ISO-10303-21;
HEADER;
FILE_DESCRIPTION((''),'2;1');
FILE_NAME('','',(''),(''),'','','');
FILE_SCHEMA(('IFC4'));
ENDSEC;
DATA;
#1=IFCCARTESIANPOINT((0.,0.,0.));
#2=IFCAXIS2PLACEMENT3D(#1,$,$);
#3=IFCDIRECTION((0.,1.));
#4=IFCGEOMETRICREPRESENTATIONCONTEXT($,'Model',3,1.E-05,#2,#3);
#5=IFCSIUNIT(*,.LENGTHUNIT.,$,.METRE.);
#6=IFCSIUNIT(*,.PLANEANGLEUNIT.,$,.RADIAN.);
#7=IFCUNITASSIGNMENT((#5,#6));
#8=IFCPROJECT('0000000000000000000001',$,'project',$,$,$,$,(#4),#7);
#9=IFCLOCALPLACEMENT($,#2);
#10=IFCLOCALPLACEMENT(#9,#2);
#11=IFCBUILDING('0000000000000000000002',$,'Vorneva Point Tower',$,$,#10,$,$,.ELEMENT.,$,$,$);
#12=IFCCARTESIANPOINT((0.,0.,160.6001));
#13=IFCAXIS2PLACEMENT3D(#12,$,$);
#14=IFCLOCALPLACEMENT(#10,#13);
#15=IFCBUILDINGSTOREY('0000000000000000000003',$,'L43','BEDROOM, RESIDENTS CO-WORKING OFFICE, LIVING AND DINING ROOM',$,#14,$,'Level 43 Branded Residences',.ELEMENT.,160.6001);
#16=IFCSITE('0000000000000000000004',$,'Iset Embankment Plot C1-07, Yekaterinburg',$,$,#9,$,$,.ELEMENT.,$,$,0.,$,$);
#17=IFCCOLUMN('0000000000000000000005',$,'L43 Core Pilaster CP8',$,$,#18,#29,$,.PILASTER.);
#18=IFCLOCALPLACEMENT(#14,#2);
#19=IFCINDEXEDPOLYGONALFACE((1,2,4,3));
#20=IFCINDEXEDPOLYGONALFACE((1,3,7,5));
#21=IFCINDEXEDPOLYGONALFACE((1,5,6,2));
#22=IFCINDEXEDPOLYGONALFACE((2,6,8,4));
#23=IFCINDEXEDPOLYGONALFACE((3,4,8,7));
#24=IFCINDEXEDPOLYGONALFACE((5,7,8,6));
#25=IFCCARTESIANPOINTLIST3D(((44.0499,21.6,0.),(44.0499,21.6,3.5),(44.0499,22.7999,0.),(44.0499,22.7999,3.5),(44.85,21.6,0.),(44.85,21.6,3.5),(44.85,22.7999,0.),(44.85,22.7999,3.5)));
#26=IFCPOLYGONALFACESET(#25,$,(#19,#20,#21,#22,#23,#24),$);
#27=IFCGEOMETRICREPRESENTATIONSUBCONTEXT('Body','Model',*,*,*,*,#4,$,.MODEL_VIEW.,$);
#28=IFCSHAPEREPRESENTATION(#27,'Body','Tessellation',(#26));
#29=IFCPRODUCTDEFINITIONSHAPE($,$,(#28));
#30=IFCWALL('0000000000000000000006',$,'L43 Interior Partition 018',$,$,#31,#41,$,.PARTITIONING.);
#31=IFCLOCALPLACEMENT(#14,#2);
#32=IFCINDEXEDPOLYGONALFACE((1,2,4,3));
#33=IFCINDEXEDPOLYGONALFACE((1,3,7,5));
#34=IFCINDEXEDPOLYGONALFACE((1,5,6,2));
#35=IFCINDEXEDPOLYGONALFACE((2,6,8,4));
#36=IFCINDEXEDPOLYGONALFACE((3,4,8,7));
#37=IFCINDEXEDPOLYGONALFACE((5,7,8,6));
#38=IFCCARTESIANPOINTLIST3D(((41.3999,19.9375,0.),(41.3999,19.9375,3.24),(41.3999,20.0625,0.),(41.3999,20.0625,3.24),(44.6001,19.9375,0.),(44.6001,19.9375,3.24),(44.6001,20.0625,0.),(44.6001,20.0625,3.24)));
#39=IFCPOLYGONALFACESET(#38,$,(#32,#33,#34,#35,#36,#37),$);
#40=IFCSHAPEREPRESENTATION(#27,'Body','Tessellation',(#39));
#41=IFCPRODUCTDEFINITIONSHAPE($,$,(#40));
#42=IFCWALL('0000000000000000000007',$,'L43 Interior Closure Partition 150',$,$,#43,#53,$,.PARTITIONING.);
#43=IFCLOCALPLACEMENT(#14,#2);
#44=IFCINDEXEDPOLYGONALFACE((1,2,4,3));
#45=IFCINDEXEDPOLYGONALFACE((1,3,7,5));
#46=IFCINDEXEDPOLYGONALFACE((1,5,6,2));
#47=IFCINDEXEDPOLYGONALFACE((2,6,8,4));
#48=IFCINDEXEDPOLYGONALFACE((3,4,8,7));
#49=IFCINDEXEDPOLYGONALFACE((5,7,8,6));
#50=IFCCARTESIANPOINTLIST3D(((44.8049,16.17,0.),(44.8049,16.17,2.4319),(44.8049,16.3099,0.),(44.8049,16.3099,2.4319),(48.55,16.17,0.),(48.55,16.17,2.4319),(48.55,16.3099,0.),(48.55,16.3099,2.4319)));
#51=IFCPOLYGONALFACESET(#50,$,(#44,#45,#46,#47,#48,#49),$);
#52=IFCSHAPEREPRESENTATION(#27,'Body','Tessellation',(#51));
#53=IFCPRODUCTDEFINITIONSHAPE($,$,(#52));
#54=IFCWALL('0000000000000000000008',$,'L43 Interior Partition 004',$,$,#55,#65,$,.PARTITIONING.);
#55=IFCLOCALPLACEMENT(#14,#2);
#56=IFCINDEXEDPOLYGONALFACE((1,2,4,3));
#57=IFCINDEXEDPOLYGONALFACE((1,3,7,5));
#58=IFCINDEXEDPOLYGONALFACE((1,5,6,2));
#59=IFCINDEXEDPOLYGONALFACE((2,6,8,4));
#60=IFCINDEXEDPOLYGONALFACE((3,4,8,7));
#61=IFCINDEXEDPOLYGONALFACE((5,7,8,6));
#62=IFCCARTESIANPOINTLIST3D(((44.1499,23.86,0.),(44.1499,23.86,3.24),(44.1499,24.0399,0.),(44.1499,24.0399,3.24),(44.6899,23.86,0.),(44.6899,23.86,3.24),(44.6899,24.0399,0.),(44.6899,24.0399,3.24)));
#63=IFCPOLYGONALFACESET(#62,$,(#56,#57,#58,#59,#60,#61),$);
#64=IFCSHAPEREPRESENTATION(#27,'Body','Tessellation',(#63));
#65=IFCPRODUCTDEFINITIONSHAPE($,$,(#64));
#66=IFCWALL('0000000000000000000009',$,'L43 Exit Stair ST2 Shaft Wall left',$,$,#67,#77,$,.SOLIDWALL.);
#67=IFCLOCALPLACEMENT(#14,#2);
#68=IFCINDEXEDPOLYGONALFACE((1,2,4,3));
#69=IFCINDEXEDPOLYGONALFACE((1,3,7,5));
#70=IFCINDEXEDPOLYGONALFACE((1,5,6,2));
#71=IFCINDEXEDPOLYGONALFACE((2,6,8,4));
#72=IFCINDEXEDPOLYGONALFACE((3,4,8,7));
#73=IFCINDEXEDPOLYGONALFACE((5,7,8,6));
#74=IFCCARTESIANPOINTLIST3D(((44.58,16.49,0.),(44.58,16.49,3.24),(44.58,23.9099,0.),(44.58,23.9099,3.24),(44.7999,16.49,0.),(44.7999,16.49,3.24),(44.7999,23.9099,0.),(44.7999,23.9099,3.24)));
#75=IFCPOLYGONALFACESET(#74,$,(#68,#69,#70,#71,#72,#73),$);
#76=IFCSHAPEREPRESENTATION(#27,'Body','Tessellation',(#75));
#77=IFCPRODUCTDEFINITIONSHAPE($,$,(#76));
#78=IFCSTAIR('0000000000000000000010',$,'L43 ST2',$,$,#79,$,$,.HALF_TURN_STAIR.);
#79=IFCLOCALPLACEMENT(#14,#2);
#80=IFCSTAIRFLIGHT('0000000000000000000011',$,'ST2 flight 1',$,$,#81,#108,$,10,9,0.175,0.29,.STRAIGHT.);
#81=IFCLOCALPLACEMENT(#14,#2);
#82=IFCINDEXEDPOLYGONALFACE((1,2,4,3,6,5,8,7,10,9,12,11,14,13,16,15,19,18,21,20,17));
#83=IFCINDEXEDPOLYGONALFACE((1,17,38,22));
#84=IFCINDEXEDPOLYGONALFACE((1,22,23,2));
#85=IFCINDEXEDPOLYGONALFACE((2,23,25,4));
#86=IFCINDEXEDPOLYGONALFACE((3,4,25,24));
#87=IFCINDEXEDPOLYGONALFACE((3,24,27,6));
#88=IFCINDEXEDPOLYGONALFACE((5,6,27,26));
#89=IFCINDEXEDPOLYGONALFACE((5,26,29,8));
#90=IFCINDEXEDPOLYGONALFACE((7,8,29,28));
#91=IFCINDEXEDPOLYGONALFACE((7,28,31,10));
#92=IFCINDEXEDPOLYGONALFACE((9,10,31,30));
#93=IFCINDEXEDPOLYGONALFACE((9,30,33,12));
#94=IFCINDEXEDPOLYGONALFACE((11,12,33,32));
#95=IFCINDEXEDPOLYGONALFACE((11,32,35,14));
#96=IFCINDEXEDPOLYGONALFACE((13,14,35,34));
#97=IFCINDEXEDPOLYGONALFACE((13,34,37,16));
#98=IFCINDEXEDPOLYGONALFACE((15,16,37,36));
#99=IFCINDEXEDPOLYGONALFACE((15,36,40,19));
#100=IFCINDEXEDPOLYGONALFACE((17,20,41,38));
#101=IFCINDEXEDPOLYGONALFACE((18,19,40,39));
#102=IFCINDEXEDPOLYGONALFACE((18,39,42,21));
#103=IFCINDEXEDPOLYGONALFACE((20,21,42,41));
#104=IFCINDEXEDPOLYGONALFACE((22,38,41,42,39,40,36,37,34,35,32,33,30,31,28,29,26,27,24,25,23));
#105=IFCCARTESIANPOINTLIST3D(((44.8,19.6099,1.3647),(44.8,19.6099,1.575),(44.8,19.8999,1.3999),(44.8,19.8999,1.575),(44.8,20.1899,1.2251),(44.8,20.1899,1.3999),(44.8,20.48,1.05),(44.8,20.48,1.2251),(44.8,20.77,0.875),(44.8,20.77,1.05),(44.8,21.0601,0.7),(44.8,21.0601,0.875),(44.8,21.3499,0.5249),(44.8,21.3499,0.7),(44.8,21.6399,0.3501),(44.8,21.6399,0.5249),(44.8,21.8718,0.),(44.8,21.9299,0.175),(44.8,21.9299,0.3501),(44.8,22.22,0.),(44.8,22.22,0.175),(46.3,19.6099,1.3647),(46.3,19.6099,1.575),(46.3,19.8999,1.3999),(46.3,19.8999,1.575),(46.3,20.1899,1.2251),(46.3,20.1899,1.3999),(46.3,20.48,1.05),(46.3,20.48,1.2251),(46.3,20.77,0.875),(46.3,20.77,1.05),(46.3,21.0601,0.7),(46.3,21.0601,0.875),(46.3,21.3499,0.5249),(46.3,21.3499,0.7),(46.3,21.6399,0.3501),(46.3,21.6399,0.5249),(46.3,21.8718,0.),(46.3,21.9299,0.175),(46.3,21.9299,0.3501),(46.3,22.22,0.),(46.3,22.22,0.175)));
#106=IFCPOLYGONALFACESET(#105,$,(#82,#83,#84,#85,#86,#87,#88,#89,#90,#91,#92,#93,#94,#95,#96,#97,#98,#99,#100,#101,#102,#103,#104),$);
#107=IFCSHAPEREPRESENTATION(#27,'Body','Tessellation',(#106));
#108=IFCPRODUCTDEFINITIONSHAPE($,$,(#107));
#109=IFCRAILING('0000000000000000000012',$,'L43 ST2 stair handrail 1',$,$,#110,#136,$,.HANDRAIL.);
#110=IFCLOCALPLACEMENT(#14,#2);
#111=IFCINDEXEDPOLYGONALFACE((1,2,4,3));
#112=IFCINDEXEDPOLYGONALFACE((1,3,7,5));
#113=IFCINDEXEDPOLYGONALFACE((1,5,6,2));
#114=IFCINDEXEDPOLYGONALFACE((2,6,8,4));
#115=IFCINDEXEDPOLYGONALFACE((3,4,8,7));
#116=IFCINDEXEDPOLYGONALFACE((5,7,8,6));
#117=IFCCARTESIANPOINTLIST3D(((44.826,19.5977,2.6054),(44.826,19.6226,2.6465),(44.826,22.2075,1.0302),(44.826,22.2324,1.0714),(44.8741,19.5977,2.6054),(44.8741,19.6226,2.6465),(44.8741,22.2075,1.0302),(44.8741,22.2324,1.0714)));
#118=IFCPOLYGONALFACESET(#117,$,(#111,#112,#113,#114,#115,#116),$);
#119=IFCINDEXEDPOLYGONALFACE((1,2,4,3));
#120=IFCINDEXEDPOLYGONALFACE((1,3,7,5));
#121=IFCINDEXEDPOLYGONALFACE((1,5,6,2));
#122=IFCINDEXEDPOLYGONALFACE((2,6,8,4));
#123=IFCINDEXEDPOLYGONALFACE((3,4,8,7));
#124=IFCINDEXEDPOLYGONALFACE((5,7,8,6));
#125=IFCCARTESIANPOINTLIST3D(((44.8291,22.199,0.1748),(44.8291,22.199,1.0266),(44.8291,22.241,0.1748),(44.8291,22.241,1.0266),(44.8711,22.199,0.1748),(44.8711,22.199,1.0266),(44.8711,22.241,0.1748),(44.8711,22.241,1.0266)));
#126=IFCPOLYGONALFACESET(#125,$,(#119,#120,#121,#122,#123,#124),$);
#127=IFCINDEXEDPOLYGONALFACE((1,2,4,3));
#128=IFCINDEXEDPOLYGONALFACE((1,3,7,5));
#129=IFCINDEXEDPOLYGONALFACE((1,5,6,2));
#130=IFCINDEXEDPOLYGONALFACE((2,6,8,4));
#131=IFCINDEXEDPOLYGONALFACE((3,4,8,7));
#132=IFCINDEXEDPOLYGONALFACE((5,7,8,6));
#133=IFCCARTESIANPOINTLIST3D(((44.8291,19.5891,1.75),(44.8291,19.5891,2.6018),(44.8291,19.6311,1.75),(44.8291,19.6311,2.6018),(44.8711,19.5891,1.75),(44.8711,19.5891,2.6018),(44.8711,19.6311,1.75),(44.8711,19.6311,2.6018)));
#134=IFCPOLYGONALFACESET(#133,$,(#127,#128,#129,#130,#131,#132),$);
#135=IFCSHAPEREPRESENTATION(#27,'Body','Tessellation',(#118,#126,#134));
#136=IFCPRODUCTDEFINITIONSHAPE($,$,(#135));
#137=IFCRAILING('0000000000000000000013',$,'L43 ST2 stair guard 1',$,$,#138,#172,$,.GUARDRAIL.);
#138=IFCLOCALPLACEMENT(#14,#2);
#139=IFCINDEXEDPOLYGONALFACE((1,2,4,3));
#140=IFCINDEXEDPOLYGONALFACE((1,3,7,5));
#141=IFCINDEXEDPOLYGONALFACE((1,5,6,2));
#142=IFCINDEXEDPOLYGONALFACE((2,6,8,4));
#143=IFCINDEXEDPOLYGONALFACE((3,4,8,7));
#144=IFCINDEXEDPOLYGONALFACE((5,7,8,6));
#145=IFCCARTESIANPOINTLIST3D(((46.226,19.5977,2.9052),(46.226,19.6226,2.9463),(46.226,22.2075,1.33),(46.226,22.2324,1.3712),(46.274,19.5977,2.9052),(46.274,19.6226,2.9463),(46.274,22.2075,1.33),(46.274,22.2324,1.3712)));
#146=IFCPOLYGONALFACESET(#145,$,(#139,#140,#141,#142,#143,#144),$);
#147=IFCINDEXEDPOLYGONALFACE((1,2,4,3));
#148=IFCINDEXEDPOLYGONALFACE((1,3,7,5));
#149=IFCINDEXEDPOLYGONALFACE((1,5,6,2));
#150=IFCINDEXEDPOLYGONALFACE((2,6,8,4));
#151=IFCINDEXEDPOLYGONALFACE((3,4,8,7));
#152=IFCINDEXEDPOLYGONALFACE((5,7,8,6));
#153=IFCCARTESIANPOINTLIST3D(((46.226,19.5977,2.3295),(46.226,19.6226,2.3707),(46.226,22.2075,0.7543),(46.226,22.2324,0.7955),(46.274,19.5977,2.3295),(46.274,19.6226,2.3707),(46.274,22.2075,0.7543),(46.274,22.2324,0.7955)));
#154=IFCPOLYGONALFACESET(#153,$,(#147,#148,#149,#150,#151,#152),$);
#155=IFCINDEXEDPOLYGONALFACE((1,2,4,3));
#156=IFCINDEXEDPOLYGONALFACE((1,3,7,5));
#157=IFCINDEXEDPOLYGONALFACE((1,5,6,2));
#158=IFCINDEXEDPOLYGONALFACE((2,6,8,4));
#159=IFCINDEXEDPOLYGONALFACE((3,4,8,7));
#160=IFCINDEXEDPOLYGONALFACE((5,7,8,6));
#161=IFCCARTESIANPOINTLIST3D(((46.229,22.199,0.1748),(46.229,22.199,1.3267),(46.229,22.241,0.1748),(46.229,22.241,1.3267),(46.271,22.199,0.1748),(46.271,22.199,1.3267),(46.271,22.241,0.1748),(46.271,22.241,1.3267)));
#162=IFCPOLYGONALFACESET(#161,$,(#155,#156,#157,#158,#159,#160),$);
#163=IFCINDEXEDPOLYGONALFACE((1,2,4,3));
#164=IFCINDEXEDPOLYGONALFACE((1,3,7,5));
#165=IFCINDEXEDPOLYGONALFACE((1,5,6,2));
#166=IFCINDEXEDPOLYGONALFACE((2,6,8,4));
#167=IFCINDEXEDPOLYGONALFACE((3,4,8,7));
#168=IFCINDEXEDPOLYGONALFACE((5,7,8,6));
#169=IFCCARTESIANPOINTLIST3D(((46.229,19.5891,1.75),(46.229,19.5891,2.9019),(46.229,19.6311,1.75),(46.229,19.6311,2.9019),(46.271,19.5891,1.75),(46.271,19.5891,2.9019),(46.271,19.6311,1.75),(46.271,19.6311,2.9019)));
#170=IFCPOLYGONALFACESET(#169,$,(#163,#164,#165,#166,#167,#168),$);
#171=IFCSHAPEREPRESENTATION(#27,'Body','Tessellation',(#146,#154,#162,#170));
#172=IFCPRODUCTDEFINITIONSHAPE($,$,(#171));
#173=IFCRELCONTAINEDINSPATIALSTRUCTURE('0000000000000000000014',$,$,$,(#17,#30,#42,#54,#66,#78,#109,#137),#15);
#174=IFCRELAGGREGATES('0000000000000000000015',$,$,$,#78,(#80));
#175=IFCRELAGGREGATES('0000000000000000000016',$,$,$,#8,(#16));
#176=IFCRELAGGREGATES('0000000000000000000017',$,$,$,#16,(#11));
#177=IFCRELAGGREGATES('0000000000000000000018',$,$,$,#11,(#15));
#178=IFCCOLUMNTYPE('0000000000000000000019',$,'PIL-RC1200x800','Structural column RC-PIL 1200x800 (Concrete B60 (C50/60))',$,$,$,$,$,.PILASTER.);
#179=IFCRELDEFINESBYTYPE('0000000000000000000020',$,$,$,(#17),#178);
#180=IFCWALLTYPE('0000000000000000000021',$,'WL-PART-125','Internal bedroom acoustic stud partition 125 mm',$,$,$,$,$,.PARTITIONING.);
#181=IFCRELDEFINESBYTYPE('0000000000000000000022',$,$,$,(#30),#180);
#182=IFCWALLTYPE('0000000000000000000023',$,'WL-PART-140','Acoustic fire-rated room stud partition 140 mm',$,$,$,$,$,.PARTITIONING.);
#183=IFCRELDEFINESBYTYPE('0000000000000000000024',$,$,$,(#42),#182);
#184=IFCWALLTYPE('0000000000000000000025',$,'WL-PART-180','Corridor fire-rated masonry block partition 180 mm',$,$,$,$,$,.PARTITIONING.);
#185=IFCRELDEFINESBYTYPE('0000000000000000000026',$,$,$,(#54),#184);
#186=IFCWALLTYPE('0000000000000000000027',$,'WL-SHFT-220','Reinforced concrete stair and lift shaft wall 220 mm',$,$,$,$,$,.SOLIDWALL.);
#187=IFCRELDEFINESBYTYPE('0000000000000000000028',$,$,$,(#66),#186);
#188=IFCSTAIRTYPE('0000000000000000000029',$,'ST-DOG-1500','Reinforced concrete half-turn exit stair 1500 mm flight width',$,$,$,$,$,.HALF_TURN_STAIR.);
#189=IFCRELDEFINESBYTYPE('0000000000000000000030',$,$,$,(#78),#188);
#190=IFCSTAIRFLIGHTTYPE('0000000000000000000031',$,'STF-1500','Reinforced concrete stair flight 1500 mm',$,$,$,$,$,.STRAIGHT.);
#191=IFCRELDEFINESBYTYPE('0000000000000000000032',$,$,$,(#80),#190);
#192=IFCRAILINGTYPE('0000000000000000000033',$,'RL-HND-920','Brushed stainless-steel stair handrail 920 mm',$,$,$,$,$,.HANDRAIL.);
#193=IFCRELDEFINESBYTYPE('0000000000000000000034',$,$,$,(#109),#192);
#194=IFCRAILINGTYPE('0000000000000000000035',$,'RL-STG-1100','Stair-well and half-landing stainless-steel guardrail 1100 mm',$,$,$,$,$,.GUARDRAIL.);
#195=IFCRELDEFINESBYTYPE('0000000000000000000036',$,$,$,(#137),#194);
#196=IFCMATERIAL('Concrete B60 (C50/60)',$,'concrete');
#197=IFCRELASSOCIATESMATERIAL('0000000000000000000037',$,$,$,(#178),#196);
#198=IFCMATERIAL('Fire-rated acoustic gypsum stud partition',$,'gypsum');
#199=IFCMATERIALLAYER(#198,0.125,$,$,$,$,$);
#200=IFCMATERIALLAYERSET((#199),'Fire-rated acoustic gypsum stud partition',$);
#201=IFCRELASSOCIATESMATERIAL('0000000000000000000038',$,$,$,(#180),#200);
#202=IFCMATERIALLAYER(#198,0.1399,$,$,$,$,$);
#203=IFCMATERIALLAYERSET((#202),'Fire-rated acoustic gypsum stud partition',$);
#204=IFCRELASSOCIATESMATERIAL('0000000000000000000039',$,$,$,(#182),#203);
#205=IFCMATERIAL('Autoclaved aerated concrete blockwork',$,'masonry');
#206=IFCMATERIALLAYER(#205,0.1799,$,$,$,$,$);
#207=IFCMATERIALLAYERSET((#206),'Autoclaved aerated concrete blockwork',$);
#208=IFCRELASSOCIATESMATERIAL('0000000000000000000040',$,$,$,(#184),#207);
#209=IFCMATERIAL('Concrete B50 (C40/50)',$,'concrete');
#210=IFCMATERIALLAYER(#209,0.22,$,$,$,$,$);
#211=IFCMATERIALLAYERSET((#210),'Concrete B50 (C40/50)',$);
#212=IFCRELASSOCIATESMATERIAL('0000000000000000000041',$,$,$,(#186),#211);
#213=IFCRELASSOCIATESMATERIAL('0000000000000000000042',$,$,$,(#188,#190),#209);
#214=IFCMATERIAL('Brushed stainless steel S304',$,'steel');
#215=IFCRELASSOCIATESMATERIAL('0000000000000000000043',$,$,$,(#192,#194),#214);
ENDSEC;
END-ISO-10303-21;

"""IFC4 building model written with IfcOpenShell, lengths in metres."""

from ifc_helpers import new_model, si_unit, direction, frame, frame_2d, origin, origin_2d, place, context, subcontext, project, spatial, polyline, rectangle, outline, extrude, material, layer, layer_set, material_profile, profile_set, type_object, element, aggregate, save


model = new_model("IFC4")

# Units and contexts
model_context = context("Model", 3, precision=1e-05, world=origin(), true_north=direction((0.0, 1.0)))
body_context = subcontext(model_context, "Body", "Model", "MODEL_VIEW")
ifc_project = project(units=[si_unit("LENGTHUNIT", "METRE"), si_unit("PLANEANGLEUNIT", "RADIAN")], contexts=[model_context])

# Site, building, storey
site_placement = place(None, origin())
site = spatial("IfcSite", under=ifc_project, at=site_placement, Name="Iset Embankment Plot C1-07, Yekaterinburg", CompositionType="ELEMENT", RefElevation=0.0)
building_placement = place(site_placement, origin())
building = spatial("IfcBuilding", under=site, at=building_placement, Name="Vorneva Point Tower", CompositionType="ELEMENT")
storey_placement = place(building_placement, frame((0.0, 0.0, 160.6001)))
storey = spatial("IfcBuildingStorey", under=building, at=storey_placement, Name="L43", Description="BEDROOM, RESIDENTS CO-WORKING OFFICE, LIVING AND DINING ROOM", LongName="Level 43 Branded Residences", CompositionType="ELEMENT", Elevation=160.6001)

# Column
ifc_material_1 = material(Name="Concrete B60 (C50/60)", Category="concrete")
ifc_material_profile = material_profile(ifc_material_1, rectangle(XDim=0.8, YDim=1.2, at=origin_2d()), Name="RC-PIL 1200x800")
ifc_profile_set = profile_set([ifc_material_profile], Name="Concrete B60 (C50/60)")
column_type = type_object("IfcColumnType", Name="PIL-RC1200x800", Description="Structural column RC-PIL 1200x800 (Concrete B60 (C50/60))", PredefinedType="PILASTER", material=ifc_profile_set)
column_placement = place(storey_placement, frame((44.45, 22.2, 0.0), z_axis=(0.0, 0.0, 1.0), x_axis=(1.0, 0.0, 0.0)))
element("IfcColumn", 1, at=column_placement, inside=storey, type_object=column_type, Name="L43 Core Pilaster CP8", PredefinedType="PILASTER", context=body_context, shape_type="SweptSolid", body=[
    extrude(rectangle(XDim=0.8, YDim=1.2, at=origin_2d()), origin(), (0.0, 0.0, 1.0), 3.5),
])

# Walls
ifc_material_2 = material(Name="Fire-rated acoustic gypsum stud partition", Category="gypsum")
ifc_layer_1 = layer(ifc_material_2, 0.125)
ifc_layer_set_1 = layer_set([ifc_layer_1], Name="Fire-rated acoustic gypsum stud partition")
wall_type_1 = type_object("IfcWallType", Name="WL-PART-125", Description="Internal bedroom acoustic stud partition 125 mm", PredefinedType="PARTITIONING", material=ifc_layer_set_1)
wall_1_placement = place(storey_placement, frame((44.6001, 20.0, 0.0), z_axis=(0.0, 0.0, 1.0), x_axis=(-1.0, 0.0, 0.0)))
element("IfcWall", 2, at=wall_1_placement, inside=storey, type_object=wall_type_1, Name="L43 Interior Partition 018", PredefinedType="PARTITIONING", context=body_context, shape_type="SweptSolid", body=[
    extrude(rectangle(XDim=3.2002, YDim=0.125, at=frame_2d((1.6001, 0.0))), origin(), (0.0, 0.0, 1.0), 3.24),
])
ifc_layer_2 = layer(ifc_material_2, 0.1399)
ifc_layer_set_2 = layer_set([ifc_layer_2], Name="Fire-rated acoustic gypsum stud partition")
wall_type_2 = type_object("IfcWallType", Name="WL-PART-140", Description="Acoustic fire-rated room stud partition 140 mm", PredefinedType="PARTITIONING", material=ifc_layer_set_2)
wall_2_placement = place(storey_placement, frame((44.8049, 16.24, 0.0), z_axis=(0.0, 0.0, 1.0), x_axis=(1.0, 0.0, 0.0)))
element("IfcWall", 3, at=wall_2_placement, inside=storey, type_object=wall_type_2, Name="L43 Interior Closure Partition 150", PredefinedType="PARTITIONING", context=body_context, shape_type="SweptSolid", body=[
    extrude(rectangle(XDim=3.7451, YDim=0.1399, at=frame_2d((1.8726, 0.0))), origin(), (0.0, 0.0, 1.0), 2.4319),
])
ifc_material_3 = material(Name="Autoclaved aerated concrete blockwork", Category="masonry")
ifc_layer_3 = layer(ifc_material_3, 0.1799)
ifc_layer_set_3 = layer_set([ifc_layer_3], Name="Autoclaved aerated concrete blockwork")
wall_type_3 = type_object("IfcWallType", Name="WL-PART-180", Description="Corridor fire-rated masonry block partition 180 mm", PredefinedType="PARTITIONING", material=ifc_layer_set_3)
wall_3_placement = place(storey_placement, frame((44.1499, 23.95, 0.0), z_axis=(0.0, 0.0, 1.0), x_axis=(1.0, 0.0, 0.0)))
element("IfcWall", 4, at=wall_3_placement, inside=storey, type_object=wall_type_3, Name="L43 Interior Partition 004", PredefinedType="PARTITIONING", context=body_context, shape_type="SweptSolid", body=[
    extrude(rectangle(XDim=0.54, YDim=0.1799, at=frame_2d((0.27, 0.0))), origin(), (0.0, 0.0, 1.0), 3.24),
])

# Shared definitions
ifc_material_4 = material(Name="Concrete B50 (C40/50)", Category="concrete")
ifc_layer_4 = layer(ifc_material_4, 0.22)
ifc_layer_set_4 = layer_set([ifc_layer_4], Name="Concrete B50 (C40/50)")
wall_type_4 = type_object("IfcWallType", Name="WL-SHFT-220", Description="Reinforced concrete stair and lift shaft wall 220 mm", PredefinedType="SOLIDWALL", material=ifc_layer_set_4)

# Wall
wall_4_placement = place(storey_placement, frame((44.6899, 16.49, 0.0), z_axis=(0.0, 0.0, 1.0), x_axis=(0.0, 1.0, 0.0)))
element("IfcWall", 5, at=wall_4_placement, inside=storey, type_object=wall_type_4, Name="L43 Exit Stair ST2 Shaft Wall left", PredefinedType="SOLIDWALL", context=body_context, shape_type="SweptSolid", body=[
    extrude(rectangle(XDim=7.4199, YDim=0.22, at=frame_2d((3.71, 0.0))), origin(), (0.0, 0.0, 1.0), 3.24),
])

# Stair, stair flight
stair_type = type_object("IfcStairType", Name="ST-DOG-1500", Description="Reinforced concrete half-turn exit stair 1500 mm flight width", PredefinedType="HALF_TURN_STAIR", material=ifc_material_4)
stair_placement = place(storey_placement, origin())
stair = element("IfcStair", 6, at=stair_placement, inside=storey, type_object=stair_type, Name="L43 ST2", PredefinedType="HALF_TURN_STAIR")
stair_flight_type = type_object("IfcStairFlightType", Name="STF-1500", Description="Reinforced concrete stair flight 1500 mm", PredefinedType="STRAIGHT", material=ifc_material_4)
stair_flight_placement = place(storey_placement, frame((45.55, 22.22, 0.0), z_axis=(0.0, 0.0, 1.0), x_axis=(0.0, -1.0, 0.0)))
stair_flight = element("IfcStairFlight", 7, at=stair_flight_placement, type_object=stair_flight_type, Name="ST2 flight 1", NumberOfRisers=10, NumberOfTreads=9, PredefinedType="STRAIGHT", RiserHeight=0.175, TreadLength=0.29, context=body_context, shape_type="SweptSolid", body=[
    extrude(outline(polyline([(0.0, 0.0), (0.0, 0.175), (0.29, 0.175), (0.29, 0.3501), (0.5801, 0.3501), (0.5801, 0.5249), (0.8701, 0.5249), (0.8701, 0.7), (1.1599, 0.7), (1.1599, 0.875), (1.45, 0.875), (1.45, 1.05), (1.74, 1.05), (1.74, 1.2251), (2.03, 1.2251), (2.03, 1.3999), (2.3201, 1.3999), (2.3201, 1.575), (2.6101, 1.575), (2.6101, 1.75), (2.6101, 1.3647), (0.3481, 0.0), (0.0, 0.0)])), frame((0.0, 0.75, 0.0), z_axis=(0.0, -1.0, 0.0), x_axis=(1.0, 0.0, 0.0)), (0.0, 0.0, 1.0), 1.5),
])
aggregate(stair, [stair_flight])

# Railings
ifc_material_5 = material(Name="Brushed stainless steel S304", Category="steel")
railing_type_1 = type_object("IfcRailingType", Name="RL-HND-920", Description="Brushed stainless-steel stair handrail 920 mm", PredefinedType="HANDRAIL", material=ifc_material_5)
railing_1_placement = place(storey_placement, frame((44.8501, 22.22, 0.1748)))
element("IfcRailing", 8, at=railing_1_placement, inside=storey, type_object=railing_type_1, Name="L43 ST2 stair handrail 1", PredefinedType="HANDRAIL", context=body_context, shape_type="SweptSolid", body=[
    extrude(rectangle(XDim=0.0481, YDim=0.0481, at=origin_2d()), frame((0.0, 0.0, 0.876), z_axis=(0.0, -0.856147, 0.516732), x_axis=(1.0, 0.0, 0.0)), (0.0, 0.0, 1.0), 3.0483),
    extrude(rectangle(XDim=0.042, YDim=0.042, at=origin_2d()), origin(), (0.0, 0.0, 1.0), 0.8518),
    extrude(rectangle(XDim=0.042, YDim=0.042, at=origin_2d()), frame((0.0, -2.6099, 1.5752)), (0.0, 0.0, 1.0), 0.8518),
])
railing_type_2 = type_object("IfcRailingType", Name="RL-STG-1100", Description="Stair-well and half-landing stainless-steel guardrail 1100 mm", PredefinedType="GUARDRAIL", material=ifc_material_5)
railing_2_placement = place(storey_placement, frame((46.25, 22.22, 0.1748)))
element("IfcRailing", 9, at=railing_2_placement, inside=storey, type_object=railing_type_2, Name="L43 ST2 stair guard 1", PredefinedType="GUARDRAIL", context=body_context, shape_type="SweptSolid", body=[
    extrude(rectangle(XDim=0.0481, YDim=0.0481, at=origin_2d()), frame((0.0, 0.0, 1.1758), z_axis=(0.0, -0.856147, 0.516732), x_axis=(1.0, 0.0, 0.0)), (0.0, 0.0, 1.0), 3.0483),
    extrude(rectangle(XDim=0.0481, YDim=0.0481, at=origin_2d()), frame((0.0, 0.0, 0.6001), z_axis=(0.0, -0.856147, 0.516732), x_axis=(1.0, 0.0, 0.0)), (0.0, 0.0, 1.0), 3.0483),
    extrude(rectangle(XDim=0.042, YDim=0.042, at=origin_2d()), origin(), (0.0, 0.0, 1.0), 1.1519),
    extrude(rectangle(XDim=0.042, YDim=0.042, at=origin_2d()), frame((0.0, -2.6099, 1.5752)), (0.0, 0.0, 1.0), 1.1519),
])

save(model, "model.ifc")
